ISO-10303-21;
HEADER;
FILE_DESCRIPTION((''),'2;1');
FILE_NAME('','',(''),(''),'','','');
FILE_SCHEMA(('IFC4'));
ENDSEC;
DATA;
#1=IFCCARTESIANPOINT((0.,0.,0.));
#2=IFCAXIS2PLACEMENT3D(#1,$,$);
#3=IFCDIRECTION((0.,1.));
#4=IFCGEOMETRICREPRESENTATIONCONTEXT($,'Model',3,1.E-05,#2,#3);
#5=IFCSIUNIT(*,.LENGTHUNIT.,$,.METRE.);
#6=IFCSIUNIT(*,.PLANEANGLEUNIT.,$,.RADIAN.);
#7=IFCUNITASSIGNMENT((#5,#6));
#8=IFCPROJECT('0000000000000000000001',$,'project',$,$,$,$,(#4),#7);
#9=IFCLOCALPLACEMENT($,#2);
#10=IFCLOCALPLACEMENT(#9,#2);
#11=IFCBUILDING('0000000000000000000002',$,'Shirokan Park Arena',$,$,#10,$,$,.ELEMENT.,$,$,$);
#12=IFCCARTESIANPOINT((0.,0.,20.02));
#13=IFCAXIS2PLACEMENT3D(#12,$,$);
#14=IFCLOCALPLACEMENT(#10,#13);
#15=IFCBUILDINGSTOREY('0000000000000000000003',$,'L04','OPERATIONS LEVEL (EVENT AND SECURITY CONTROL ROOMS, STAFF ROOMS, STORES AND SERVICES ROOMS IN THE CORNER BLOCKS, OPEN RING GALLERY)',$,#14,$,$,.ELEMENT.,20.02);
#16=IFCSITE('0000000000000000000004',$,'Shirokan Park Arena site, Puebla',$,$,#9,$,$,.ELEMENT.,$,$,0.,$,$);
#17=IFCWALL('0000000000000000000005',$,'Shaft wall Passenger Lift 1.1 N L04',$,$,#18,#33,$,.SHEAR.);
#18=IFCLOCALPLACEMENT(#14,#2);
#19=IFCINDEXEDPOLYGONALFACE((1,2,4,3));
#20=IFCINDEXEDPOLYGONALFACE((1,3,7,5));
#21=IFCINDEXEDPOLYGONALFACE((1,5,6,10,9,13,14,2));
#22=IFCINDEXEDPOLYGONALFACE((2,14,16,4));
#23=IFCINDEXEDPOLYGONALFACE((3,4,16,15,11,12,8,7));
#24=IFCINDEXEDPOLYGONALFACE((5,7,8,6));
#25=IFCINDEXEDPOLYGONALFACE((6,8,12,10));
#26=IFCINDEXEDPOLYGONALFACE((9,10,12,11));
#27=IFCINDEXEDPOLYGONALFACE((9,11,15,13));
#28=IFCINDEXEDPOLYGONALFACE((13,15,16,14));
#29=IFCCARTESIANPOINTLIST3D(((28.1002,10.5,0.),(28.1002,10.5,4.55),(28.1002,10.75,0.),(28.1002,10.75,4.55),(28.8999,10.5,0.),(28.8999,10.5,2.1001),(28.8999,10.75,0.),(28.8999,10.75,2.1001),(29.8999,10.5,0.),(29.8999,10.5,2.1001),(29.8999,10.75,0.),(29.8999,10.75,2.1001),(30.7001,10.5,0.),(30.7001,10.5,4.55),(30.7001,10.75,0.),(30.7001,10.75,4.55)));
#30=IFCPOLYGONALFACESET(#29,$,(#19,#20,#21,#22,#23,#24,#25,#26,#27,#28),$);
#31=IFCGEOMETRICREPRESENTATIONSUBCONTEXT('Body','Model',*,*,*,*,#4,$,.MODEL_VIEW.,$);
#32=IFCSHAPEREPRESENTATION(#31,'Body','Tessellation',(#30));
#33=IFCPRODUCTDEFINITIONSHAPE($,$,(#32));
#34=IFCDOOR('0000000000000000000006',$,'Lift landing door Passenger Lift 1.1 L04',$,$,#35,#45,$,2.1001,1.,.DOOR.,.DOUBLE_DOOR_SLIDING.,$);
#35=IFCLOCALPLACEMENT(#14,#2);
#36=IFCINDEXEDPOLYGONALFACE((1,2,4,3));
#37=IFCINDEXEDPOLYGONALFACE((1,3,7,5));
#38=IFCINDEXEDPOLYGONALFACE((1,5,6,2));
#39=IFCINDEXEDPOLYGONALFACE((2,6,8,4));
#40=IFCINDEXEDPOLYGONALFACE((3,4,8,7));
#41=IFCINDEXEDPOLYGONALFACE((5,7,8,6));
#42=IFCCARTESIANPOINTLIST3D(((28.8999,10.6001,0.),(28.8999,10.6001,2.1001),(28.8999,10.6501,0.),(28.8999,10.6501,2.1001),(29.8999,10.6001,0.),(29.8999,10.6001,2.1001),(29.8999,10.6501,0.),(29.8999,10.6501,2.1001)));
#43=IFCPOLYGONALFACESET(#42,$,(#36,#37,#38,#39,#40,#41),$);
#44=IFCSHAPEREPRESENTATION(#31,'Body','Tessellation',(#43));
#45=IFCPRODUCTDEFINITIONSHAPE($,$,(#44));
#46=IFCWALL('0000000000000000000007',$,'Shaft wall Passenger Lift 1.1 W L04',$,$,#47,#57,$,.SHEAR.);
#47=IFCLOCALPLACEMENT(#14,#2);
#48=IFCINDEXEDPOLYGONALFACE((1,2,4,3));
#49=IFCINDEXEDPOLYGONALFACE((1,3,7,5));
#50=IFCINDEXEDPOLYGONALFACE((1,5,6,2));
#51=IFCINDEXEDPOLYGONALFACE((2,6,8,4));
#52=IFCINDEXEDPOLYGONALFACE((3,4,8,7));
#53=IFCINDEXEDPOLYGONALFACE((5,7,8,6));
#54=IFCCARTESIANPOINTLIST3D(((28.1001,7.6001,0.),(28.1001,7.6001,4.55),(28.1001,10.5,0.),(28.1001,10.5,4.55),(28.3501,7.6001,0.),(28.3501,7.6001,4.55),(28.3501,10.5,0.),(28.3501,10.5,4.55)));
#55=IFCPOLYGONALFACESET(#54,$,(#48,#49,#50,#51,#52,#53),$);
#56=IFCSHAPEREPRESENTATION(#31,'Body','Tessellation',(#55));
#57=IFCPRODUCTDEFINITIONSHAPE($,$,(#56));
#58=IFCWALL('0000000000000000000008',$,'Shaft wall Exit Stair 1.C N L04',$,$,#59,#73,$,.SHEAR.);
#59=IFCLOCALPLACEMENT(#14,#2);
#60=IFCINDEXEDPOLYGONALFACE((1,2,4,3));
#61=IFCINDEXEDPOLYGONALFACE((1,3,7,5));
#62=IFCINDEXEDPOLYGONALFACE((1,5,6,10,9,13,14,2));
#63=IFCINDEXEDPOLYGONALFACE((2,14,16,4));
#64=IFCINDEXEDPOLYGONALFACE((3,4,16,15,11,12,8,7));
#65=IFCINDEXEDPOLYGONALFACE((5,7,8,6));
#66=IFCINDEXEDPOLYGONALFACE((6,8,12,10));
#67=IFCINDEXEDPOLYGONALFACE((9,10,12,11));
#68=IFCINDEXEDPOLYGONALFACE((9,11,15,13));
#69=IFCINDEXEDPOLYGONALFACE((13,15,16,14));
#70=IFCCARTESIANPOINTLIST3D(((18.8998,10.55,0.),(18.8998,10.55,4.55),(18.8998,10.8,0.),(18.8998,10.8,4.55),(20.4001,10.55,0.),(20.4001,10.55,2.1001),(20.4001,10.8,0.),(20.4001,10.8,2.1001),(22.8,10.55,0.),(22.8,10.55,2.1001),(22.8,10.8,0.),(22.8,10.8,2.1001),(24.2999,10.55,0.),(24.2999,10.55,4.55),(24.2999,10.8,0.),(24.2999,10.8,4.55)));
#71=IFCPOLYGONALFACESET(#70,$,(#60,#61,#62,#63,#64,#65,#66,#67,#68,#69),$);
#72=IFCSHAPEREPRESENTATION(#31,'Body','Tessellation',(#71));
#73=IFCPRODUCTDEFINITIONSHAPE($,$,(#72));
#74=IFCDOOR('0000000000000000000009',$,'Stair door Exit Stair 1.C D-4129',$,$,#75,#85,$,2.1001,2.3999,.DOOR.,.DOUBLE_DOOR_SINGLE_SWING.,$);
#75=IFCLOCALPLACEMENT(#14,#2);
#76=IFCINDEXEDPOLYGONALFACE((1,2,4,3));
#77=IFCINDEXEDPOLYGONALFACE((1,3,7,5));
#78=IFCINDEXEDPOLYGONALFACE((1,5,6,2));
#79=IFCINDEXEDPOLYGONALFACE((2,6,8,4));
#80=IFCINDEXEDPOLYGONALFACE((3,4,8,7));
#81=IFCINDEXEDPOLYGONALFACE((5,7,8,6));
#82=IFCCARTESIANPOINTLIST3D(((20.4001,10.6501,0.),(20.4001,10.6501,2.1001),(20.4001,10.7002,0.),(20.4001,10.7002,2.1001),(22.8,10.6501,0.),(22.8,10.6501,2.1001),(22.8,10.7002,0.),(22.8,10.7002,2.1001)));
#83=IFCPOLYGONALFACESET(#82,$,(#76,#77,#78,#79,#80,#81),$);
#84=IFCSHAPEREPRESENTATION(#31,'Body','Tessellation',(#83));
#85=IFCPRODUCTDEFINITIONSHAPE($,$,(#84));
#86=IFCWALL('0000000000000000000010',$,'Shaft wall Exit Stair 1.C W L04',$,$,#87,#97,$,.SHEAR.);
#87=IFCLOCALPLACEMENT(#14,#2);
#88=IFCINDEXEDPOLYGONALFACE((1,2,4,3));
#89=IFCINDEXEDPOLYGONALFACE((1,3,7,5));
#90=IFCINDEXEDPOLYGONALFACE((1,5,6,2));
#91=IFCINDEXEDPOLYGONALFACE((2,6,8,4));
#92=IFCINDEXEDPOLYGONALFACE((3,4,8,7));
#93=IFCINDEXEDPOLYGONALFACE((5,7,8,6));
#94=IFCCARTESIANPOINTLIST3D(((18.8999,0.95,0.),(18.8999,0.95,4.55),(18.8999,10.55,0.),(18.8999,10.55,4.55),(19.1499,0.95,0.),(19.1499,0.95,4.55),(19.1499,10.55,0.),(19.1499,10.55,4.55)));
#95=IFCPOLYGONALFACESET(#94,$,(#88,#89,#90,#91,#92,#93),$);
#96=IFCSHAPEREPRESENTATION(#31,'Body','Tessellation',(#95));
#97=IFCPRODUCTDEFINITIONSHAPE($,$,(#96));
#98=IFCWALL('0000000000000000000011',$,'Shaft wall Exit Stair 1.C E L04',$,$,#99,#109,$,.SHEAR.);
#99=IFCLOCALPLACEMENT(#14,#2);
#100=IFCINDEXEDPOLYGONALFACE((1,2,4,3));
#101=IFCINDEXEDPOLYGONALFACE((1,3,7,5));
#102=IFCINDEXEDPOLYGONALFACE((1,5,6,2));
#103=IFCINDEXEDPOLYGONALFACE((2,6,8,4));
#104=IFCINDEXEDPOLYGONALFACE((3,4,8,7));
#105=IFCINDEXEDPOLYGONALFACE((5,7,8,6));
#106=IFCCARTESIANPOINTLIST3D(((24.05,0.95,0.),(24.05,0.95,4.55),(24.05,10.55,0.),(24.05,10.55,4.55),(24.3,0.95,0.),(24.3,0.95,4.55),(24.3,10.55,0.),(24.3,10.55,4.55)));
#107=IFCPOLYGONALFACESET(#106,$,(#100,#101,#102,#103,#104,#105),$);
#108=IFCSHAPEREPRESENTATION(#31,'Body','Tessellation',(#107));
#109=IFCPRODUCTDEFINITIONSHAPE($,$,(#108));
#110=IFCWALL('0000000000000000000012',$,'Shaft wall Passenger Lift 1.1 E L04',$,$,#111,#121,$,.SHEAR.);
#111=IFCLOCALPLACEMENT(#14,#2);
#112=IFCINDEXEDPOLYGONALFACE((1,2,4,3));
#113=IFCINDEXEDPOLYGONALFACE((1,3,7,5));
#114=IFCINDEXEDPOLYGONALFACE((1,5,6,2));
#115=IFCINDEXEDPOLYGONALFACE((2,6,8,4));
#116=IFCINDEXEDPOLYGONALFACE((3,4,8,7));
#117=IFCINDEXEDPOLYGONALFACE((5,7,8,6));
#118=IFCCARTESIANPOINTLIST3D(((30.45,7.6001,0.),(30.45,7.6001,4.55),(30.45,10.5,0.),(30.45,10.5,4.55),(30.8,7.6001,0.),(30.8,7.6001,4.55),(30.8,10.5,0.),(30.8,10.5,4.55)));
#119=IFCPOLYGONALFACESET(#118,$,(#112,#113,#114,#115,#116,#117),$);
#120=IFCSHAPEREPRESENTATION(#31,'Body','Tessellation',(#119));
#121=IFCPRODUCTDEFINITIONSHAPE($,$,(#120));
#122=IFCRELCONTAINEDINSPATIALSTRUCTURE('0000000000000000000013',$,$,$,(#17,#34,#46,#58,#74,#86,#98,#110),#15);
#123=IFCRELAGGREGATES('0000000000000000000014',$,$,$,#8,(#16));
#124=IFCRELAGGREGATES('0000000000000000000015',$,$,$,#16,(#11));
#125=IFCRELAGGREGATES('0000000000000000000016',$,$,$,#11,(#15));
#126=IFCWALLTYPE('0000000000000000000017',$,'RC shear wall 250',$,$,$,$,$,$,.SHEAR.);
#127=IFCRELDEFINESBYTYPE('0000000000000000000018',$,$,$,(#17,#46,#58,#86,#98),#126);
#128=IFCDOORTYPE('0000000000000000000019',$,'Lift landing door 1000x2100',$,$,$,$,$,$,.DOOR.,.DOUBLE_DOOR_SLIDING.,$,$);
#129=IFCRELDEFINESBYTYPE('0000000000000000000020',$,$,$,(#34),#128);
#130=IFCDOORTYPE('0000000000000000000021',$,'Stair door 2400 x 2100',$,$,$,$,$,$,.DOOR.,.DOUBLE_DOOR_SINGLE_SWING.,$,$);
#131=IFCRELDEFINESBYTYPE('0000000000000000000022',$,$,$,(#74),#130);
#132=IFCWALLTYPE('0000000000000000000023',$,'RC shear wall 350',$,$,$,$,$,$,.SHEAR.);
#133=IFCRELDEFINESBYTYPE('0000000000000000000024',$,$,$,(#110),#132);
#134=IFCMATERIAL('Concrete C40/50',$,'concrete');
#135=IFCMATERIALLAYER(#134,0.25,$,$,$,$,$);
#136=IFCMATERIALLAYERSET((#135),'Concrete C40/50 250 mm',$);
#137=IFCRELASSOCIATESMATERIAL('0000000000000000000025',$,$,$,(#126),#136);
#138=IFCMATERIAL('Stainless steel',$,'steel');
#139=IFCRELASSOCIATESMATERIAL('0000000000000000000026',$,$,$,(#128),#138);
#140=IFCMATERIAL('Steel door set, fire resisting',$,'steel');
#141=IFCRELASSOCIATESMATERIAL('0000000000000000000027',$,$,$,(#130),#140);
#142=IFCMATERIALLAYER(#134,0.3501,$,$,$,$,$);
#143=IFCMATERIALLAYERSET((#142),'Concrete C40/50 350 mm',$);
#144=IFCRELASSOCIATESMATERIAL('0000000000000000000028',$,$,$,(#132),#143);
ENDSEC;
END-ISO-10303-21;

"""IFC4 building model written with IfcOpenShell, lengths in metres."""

from ifc_helpers import new_model, si_unit, direction, frame, frame_2d, origin, place, context, subcontext, project, spatial, rectangle, extrude, material, layer, layer_set, type_object, element, fill, save


model = new_model("IFC4")

# Units and contexts
model_context = context("Model", 3, precision=1e-05, world=origin(), true_north=direction((0.0, 1.0)))
body_context = subcontext(model_context, "Body", "Model", "MODEL_VIEW")
ifc_project = project(units=[si_unit("LENGTHUNIT", "METRE"), si_unit("PLANEANGLEUNIT", "RADIAN")], contexts=[model_context])

# Site, building, storey
site_placement = place(None, origin())
site = spatial("IfcSite", under=ifc_project, at=site_placement, Name="Shirokan Park Arena site, Puebla", CompositionType="ELEMENT", RefElevation=0.0)
building_placement = place(site_placement, origin())
building = spatial("IfcBuilding", under=site, at=building_placement, Name="Shirokan Park Arena", CompositionType="ELEMENT")
storey_placement = place(building_placement, frame((0.0, 0.0, 20.02)))
storey = spatial("IfcBuildingStorey", under=building, at=storey_placement, Name="L04", Description="OPERATIONS LEVEL (EVENT AND SECURITY CONTROL ROOMS, STAFF ROOMS, STORES AND SERVICES ROOMS IN THE CORNER BLOCKS, OPEN RING GALLERY)", CompositionType="ELEMENT", Elevation=20.02)

# Wall, opening, door
ifc_material_1 = material(Name="Concrete C40/50", Category="concrete")
ifc_layer_1 = layer(ifc_material_1, 0.25)
ifc_layer_set_1 = layer_set([ifc_layer_1], Name="Concrete C40/50 250 mm")
wall_type_1 = type_object("IfcWallType", Name="RC shear wall 250", PredefinedType="SHEAR", material=ifc_layer_set_1)
wall_1_placement = place(storey_placement, frame((30.7, 10.625, 0.0), z_axis=(0.0, 0.0, 1.0), x_axis=(-1.0, 0.0, 0.0)))
wall_1 = element("IfcWall", 1, at=wall_1_placement, inside=storey, type_object=wall_type_1, Name="Shaft wall Passenger Lift 1.1 N L04", PredefinedType="SHEAR", context=body_context, shape_type="SweptSolid", body=[
    extrude(rectangle(XDim=2.5999, YDim=0.25, at=frame_2d((1.2998, 0.0))), origin(), (0.0, 0.0, 1.0), 4.55),
])
opening_1_placement = place(wall_1_placement, frame((0.8, 0.0, 0.0)))
opening_1 = element("IfcOpeningElement", 2, at=opening_1_placement, cuts=wall_1, PredefinedType="OPENING", context=body_context, shape_type="SweptSolid", body=[
    extrude(rectangle(XDim=1.0, YDim=2.1001, at=frame_2d((0.5, 1.05))), frame((0.0, 0.135, 0.0), z_axis=(0.0, -1.0, 0.0), x_axis=(1.0, 0.0, 0.0)), (0.0, 0.0, 1.0), 0.27),
])
ifc_material_2 = material(Name="Stainless steel", Category="steel")
door_type_1 = type_object("IfcDoorType", Name="Lift landing door 1000x2100", OperationType="DOUBLE_DOOR_SLIDING", PredefinedType="DOOR", material=ifc_material_2)
door_1_placement = place(opening_1_placement, origin())
door_1 = element("IfcDoor", 3, at=door_1_placement, inside=storey, type_object=door_type_1, Name="Lift landing door Passenger Lift 1.1 L04", OperationType="DOUBLE_DOOR_SLIDING", OverallHeight=2.1001, OverallWidth=1.0, PredefinedType="DOOR", context=body_context, shape_type="SweptSolid", body=[
    extrude(rectangle(XDim=1.0, YDim=2.1001, at=frame_2d((0.5, 1.05))), frame((0.0, 0.0249, 0.0), z_axis=(0.0, -1.0, 0.0), x_axis=(1.0, 0.0, 0.0)), (0.0, 0.0, 1.0), 0.05),
])
fill(opening_1, door_1)

# Wall
wall_2_placement = place(storey_placement, frame((28.2251, 10.5, 0.0), z_axis=(0.0, 0.0, 1.0), x_axis=(0.0, -1.0, 0.0)))
element("IfcWall", 4, at=wall_2_placement, inside=storey, type_object=wall_type_1, Name="Shaft wall Passenger Lift 1.1 W L04", PredefinedType="SHEAR", context=body_context, shape_type="SweptSolid", body=[
    extrude(rectangle(XDim=2.8999, YDim=0.25, at=frame_2d((1.45, 0.0))), origin(), (0.0, 0.0, 1.0), 4.55),
])

# Wall, opening, door
wall_3_placement = place(storey_placement, frame((24.3, 10.675, 0.0), z_axis=(0.0, 0.0, 1.0), x_axis=(-1.0, 0.0, 0.0)))
wall_3 = element("IfcWall", 5, at=wall_3_placement, inside=storey, type_object=wall_type_1, Name="Shaft wall Exit Stair 1.C N L04", PredefinedType="SHEAR", context=body_context, shape_type="SweptSolid", body=[
    extrude(rectangle(XDim=5.4001, YDim=0.25, at=frame_2d((2.7002, 0.0))), origin(), (0.0, 0.0, 1.0), 4.55),
])
opening_2_placement = place(wall_3_placement, frame((1.5, 0.0, 0.0)))
opening_2 = element("IfcOpeningElement", 6, at=opening_2_placement, cuts=wall_3, PredefinedType="OPENING", context=body_context, shape_type="SweptSolid", body=[
    extrude(rectangle(XDim=2.3999, YDim=2.1001, at=frame_2d((1.2, 1.05))), frame((0.0, 0.135, 0.0), z_axis=(0.0, -1.0, 0.0), x_axis=(1.0, 0.0, 0.0)), (0.0, 0.0, 1.0), 0.27),
])
ifc_material_3 = material(Name="Steel door set, fire resisting", Category="steel")
door_type_2 = type_object("IfcDoorType", Name="Stair door 2400 x 2100", OperationType="DOUBLE_DOOR_SINGLE_SWING", PredefinedType="DOOR", material=ifc_material_3)
door_2_placement = place(opening_2_placement, origin())
door_2 = element("IfcDoor", 7, at=door_2_placement, inside=storey, type_object=door_type_2, Name="Stair door Exit Stair 1.C D-4129", OperationType="DOUBLE_DOOR_SINGLE_SWING", OverallHeight=2.1001, OverallWidth=2.3999, PredefinedType="DOOR", context=body_context, shape_type="SweptSolid", body=[
    extrude(rectangle(XDim=2.3999, YDim=2.1001, at=frame_2d((1.2, 1.05))), frame((0.0, 0.0249, 0.0), z_axis=(0.0, -1.0, 0.0), x_axis=(1.0, 0.0, 0.0)), (0.0, 0.0, 1.0), 0.05),
])
fill(opening_2, door_2)

# Walls
for number, where, z_axis, x_axis, name in (
    (8, (19.0249, 10.55, 0.0), (0.0, 0.0, 1.0), (0.0, -1.0, 0.0), "Shaft wall Exit Stair 1.C W L04"),
    (9, (24.175, 10.55, 0.0), (0.0, 0.0, 1.0), (0.0, -1.0, 0.0), "Shaft wall Exit Stair 1.C E L04"),
):
    element("IfcWall", number, at=place(storey_placement, frame(where, z_axis=z_axis, x_axis=x_axis)), inside=storey, type_object=wall_type_1, Name=name, PredefinedType="SHEAR", context=body_context, shape_type="SweptSolid", body=[
        extrude(rectangle(XDim=9.6001, YDim=0.25, at=frame_2d((4.8, 0.0))), origin(), (0.0, 0.0, 1.0), 4.55),
    ])
ifc_layer_2 = layer(ifc_material_1, 0.3501)
ifc_layer_set_2 = layer_set([ifc_layer_2], Name="Concrete C40/50 350 mm")
wall_type_2 = type_object("IfcWallType", Name="RC shear wall 350", PredefinedType="SHEAR", material=ifc_layer_set_2)
wall_4_placement = place(storey_placement, frame((30.625, 10.5, 0.0), z_axis=(0.0, 0.0, 1.0), x_axis=(0.0, -1.0, 0.0)))
element("IfcWall", 10, at=wall_4_placement, inside=storey, type_object=wall_type_2, Name="Shaft wall Passenger Lift 1.1 E L04", PredefinedType="SHEAR", context=body_context, shape_type="SweptSolid", body=[
    extrude(rectangle(XDim=2.8999, YDim=0.3501, at=frame_2d((1.45, 0.0))), origin(), (0.0, 0.0, 1.0), 4.55),
])

save(model, "model.ifc")
